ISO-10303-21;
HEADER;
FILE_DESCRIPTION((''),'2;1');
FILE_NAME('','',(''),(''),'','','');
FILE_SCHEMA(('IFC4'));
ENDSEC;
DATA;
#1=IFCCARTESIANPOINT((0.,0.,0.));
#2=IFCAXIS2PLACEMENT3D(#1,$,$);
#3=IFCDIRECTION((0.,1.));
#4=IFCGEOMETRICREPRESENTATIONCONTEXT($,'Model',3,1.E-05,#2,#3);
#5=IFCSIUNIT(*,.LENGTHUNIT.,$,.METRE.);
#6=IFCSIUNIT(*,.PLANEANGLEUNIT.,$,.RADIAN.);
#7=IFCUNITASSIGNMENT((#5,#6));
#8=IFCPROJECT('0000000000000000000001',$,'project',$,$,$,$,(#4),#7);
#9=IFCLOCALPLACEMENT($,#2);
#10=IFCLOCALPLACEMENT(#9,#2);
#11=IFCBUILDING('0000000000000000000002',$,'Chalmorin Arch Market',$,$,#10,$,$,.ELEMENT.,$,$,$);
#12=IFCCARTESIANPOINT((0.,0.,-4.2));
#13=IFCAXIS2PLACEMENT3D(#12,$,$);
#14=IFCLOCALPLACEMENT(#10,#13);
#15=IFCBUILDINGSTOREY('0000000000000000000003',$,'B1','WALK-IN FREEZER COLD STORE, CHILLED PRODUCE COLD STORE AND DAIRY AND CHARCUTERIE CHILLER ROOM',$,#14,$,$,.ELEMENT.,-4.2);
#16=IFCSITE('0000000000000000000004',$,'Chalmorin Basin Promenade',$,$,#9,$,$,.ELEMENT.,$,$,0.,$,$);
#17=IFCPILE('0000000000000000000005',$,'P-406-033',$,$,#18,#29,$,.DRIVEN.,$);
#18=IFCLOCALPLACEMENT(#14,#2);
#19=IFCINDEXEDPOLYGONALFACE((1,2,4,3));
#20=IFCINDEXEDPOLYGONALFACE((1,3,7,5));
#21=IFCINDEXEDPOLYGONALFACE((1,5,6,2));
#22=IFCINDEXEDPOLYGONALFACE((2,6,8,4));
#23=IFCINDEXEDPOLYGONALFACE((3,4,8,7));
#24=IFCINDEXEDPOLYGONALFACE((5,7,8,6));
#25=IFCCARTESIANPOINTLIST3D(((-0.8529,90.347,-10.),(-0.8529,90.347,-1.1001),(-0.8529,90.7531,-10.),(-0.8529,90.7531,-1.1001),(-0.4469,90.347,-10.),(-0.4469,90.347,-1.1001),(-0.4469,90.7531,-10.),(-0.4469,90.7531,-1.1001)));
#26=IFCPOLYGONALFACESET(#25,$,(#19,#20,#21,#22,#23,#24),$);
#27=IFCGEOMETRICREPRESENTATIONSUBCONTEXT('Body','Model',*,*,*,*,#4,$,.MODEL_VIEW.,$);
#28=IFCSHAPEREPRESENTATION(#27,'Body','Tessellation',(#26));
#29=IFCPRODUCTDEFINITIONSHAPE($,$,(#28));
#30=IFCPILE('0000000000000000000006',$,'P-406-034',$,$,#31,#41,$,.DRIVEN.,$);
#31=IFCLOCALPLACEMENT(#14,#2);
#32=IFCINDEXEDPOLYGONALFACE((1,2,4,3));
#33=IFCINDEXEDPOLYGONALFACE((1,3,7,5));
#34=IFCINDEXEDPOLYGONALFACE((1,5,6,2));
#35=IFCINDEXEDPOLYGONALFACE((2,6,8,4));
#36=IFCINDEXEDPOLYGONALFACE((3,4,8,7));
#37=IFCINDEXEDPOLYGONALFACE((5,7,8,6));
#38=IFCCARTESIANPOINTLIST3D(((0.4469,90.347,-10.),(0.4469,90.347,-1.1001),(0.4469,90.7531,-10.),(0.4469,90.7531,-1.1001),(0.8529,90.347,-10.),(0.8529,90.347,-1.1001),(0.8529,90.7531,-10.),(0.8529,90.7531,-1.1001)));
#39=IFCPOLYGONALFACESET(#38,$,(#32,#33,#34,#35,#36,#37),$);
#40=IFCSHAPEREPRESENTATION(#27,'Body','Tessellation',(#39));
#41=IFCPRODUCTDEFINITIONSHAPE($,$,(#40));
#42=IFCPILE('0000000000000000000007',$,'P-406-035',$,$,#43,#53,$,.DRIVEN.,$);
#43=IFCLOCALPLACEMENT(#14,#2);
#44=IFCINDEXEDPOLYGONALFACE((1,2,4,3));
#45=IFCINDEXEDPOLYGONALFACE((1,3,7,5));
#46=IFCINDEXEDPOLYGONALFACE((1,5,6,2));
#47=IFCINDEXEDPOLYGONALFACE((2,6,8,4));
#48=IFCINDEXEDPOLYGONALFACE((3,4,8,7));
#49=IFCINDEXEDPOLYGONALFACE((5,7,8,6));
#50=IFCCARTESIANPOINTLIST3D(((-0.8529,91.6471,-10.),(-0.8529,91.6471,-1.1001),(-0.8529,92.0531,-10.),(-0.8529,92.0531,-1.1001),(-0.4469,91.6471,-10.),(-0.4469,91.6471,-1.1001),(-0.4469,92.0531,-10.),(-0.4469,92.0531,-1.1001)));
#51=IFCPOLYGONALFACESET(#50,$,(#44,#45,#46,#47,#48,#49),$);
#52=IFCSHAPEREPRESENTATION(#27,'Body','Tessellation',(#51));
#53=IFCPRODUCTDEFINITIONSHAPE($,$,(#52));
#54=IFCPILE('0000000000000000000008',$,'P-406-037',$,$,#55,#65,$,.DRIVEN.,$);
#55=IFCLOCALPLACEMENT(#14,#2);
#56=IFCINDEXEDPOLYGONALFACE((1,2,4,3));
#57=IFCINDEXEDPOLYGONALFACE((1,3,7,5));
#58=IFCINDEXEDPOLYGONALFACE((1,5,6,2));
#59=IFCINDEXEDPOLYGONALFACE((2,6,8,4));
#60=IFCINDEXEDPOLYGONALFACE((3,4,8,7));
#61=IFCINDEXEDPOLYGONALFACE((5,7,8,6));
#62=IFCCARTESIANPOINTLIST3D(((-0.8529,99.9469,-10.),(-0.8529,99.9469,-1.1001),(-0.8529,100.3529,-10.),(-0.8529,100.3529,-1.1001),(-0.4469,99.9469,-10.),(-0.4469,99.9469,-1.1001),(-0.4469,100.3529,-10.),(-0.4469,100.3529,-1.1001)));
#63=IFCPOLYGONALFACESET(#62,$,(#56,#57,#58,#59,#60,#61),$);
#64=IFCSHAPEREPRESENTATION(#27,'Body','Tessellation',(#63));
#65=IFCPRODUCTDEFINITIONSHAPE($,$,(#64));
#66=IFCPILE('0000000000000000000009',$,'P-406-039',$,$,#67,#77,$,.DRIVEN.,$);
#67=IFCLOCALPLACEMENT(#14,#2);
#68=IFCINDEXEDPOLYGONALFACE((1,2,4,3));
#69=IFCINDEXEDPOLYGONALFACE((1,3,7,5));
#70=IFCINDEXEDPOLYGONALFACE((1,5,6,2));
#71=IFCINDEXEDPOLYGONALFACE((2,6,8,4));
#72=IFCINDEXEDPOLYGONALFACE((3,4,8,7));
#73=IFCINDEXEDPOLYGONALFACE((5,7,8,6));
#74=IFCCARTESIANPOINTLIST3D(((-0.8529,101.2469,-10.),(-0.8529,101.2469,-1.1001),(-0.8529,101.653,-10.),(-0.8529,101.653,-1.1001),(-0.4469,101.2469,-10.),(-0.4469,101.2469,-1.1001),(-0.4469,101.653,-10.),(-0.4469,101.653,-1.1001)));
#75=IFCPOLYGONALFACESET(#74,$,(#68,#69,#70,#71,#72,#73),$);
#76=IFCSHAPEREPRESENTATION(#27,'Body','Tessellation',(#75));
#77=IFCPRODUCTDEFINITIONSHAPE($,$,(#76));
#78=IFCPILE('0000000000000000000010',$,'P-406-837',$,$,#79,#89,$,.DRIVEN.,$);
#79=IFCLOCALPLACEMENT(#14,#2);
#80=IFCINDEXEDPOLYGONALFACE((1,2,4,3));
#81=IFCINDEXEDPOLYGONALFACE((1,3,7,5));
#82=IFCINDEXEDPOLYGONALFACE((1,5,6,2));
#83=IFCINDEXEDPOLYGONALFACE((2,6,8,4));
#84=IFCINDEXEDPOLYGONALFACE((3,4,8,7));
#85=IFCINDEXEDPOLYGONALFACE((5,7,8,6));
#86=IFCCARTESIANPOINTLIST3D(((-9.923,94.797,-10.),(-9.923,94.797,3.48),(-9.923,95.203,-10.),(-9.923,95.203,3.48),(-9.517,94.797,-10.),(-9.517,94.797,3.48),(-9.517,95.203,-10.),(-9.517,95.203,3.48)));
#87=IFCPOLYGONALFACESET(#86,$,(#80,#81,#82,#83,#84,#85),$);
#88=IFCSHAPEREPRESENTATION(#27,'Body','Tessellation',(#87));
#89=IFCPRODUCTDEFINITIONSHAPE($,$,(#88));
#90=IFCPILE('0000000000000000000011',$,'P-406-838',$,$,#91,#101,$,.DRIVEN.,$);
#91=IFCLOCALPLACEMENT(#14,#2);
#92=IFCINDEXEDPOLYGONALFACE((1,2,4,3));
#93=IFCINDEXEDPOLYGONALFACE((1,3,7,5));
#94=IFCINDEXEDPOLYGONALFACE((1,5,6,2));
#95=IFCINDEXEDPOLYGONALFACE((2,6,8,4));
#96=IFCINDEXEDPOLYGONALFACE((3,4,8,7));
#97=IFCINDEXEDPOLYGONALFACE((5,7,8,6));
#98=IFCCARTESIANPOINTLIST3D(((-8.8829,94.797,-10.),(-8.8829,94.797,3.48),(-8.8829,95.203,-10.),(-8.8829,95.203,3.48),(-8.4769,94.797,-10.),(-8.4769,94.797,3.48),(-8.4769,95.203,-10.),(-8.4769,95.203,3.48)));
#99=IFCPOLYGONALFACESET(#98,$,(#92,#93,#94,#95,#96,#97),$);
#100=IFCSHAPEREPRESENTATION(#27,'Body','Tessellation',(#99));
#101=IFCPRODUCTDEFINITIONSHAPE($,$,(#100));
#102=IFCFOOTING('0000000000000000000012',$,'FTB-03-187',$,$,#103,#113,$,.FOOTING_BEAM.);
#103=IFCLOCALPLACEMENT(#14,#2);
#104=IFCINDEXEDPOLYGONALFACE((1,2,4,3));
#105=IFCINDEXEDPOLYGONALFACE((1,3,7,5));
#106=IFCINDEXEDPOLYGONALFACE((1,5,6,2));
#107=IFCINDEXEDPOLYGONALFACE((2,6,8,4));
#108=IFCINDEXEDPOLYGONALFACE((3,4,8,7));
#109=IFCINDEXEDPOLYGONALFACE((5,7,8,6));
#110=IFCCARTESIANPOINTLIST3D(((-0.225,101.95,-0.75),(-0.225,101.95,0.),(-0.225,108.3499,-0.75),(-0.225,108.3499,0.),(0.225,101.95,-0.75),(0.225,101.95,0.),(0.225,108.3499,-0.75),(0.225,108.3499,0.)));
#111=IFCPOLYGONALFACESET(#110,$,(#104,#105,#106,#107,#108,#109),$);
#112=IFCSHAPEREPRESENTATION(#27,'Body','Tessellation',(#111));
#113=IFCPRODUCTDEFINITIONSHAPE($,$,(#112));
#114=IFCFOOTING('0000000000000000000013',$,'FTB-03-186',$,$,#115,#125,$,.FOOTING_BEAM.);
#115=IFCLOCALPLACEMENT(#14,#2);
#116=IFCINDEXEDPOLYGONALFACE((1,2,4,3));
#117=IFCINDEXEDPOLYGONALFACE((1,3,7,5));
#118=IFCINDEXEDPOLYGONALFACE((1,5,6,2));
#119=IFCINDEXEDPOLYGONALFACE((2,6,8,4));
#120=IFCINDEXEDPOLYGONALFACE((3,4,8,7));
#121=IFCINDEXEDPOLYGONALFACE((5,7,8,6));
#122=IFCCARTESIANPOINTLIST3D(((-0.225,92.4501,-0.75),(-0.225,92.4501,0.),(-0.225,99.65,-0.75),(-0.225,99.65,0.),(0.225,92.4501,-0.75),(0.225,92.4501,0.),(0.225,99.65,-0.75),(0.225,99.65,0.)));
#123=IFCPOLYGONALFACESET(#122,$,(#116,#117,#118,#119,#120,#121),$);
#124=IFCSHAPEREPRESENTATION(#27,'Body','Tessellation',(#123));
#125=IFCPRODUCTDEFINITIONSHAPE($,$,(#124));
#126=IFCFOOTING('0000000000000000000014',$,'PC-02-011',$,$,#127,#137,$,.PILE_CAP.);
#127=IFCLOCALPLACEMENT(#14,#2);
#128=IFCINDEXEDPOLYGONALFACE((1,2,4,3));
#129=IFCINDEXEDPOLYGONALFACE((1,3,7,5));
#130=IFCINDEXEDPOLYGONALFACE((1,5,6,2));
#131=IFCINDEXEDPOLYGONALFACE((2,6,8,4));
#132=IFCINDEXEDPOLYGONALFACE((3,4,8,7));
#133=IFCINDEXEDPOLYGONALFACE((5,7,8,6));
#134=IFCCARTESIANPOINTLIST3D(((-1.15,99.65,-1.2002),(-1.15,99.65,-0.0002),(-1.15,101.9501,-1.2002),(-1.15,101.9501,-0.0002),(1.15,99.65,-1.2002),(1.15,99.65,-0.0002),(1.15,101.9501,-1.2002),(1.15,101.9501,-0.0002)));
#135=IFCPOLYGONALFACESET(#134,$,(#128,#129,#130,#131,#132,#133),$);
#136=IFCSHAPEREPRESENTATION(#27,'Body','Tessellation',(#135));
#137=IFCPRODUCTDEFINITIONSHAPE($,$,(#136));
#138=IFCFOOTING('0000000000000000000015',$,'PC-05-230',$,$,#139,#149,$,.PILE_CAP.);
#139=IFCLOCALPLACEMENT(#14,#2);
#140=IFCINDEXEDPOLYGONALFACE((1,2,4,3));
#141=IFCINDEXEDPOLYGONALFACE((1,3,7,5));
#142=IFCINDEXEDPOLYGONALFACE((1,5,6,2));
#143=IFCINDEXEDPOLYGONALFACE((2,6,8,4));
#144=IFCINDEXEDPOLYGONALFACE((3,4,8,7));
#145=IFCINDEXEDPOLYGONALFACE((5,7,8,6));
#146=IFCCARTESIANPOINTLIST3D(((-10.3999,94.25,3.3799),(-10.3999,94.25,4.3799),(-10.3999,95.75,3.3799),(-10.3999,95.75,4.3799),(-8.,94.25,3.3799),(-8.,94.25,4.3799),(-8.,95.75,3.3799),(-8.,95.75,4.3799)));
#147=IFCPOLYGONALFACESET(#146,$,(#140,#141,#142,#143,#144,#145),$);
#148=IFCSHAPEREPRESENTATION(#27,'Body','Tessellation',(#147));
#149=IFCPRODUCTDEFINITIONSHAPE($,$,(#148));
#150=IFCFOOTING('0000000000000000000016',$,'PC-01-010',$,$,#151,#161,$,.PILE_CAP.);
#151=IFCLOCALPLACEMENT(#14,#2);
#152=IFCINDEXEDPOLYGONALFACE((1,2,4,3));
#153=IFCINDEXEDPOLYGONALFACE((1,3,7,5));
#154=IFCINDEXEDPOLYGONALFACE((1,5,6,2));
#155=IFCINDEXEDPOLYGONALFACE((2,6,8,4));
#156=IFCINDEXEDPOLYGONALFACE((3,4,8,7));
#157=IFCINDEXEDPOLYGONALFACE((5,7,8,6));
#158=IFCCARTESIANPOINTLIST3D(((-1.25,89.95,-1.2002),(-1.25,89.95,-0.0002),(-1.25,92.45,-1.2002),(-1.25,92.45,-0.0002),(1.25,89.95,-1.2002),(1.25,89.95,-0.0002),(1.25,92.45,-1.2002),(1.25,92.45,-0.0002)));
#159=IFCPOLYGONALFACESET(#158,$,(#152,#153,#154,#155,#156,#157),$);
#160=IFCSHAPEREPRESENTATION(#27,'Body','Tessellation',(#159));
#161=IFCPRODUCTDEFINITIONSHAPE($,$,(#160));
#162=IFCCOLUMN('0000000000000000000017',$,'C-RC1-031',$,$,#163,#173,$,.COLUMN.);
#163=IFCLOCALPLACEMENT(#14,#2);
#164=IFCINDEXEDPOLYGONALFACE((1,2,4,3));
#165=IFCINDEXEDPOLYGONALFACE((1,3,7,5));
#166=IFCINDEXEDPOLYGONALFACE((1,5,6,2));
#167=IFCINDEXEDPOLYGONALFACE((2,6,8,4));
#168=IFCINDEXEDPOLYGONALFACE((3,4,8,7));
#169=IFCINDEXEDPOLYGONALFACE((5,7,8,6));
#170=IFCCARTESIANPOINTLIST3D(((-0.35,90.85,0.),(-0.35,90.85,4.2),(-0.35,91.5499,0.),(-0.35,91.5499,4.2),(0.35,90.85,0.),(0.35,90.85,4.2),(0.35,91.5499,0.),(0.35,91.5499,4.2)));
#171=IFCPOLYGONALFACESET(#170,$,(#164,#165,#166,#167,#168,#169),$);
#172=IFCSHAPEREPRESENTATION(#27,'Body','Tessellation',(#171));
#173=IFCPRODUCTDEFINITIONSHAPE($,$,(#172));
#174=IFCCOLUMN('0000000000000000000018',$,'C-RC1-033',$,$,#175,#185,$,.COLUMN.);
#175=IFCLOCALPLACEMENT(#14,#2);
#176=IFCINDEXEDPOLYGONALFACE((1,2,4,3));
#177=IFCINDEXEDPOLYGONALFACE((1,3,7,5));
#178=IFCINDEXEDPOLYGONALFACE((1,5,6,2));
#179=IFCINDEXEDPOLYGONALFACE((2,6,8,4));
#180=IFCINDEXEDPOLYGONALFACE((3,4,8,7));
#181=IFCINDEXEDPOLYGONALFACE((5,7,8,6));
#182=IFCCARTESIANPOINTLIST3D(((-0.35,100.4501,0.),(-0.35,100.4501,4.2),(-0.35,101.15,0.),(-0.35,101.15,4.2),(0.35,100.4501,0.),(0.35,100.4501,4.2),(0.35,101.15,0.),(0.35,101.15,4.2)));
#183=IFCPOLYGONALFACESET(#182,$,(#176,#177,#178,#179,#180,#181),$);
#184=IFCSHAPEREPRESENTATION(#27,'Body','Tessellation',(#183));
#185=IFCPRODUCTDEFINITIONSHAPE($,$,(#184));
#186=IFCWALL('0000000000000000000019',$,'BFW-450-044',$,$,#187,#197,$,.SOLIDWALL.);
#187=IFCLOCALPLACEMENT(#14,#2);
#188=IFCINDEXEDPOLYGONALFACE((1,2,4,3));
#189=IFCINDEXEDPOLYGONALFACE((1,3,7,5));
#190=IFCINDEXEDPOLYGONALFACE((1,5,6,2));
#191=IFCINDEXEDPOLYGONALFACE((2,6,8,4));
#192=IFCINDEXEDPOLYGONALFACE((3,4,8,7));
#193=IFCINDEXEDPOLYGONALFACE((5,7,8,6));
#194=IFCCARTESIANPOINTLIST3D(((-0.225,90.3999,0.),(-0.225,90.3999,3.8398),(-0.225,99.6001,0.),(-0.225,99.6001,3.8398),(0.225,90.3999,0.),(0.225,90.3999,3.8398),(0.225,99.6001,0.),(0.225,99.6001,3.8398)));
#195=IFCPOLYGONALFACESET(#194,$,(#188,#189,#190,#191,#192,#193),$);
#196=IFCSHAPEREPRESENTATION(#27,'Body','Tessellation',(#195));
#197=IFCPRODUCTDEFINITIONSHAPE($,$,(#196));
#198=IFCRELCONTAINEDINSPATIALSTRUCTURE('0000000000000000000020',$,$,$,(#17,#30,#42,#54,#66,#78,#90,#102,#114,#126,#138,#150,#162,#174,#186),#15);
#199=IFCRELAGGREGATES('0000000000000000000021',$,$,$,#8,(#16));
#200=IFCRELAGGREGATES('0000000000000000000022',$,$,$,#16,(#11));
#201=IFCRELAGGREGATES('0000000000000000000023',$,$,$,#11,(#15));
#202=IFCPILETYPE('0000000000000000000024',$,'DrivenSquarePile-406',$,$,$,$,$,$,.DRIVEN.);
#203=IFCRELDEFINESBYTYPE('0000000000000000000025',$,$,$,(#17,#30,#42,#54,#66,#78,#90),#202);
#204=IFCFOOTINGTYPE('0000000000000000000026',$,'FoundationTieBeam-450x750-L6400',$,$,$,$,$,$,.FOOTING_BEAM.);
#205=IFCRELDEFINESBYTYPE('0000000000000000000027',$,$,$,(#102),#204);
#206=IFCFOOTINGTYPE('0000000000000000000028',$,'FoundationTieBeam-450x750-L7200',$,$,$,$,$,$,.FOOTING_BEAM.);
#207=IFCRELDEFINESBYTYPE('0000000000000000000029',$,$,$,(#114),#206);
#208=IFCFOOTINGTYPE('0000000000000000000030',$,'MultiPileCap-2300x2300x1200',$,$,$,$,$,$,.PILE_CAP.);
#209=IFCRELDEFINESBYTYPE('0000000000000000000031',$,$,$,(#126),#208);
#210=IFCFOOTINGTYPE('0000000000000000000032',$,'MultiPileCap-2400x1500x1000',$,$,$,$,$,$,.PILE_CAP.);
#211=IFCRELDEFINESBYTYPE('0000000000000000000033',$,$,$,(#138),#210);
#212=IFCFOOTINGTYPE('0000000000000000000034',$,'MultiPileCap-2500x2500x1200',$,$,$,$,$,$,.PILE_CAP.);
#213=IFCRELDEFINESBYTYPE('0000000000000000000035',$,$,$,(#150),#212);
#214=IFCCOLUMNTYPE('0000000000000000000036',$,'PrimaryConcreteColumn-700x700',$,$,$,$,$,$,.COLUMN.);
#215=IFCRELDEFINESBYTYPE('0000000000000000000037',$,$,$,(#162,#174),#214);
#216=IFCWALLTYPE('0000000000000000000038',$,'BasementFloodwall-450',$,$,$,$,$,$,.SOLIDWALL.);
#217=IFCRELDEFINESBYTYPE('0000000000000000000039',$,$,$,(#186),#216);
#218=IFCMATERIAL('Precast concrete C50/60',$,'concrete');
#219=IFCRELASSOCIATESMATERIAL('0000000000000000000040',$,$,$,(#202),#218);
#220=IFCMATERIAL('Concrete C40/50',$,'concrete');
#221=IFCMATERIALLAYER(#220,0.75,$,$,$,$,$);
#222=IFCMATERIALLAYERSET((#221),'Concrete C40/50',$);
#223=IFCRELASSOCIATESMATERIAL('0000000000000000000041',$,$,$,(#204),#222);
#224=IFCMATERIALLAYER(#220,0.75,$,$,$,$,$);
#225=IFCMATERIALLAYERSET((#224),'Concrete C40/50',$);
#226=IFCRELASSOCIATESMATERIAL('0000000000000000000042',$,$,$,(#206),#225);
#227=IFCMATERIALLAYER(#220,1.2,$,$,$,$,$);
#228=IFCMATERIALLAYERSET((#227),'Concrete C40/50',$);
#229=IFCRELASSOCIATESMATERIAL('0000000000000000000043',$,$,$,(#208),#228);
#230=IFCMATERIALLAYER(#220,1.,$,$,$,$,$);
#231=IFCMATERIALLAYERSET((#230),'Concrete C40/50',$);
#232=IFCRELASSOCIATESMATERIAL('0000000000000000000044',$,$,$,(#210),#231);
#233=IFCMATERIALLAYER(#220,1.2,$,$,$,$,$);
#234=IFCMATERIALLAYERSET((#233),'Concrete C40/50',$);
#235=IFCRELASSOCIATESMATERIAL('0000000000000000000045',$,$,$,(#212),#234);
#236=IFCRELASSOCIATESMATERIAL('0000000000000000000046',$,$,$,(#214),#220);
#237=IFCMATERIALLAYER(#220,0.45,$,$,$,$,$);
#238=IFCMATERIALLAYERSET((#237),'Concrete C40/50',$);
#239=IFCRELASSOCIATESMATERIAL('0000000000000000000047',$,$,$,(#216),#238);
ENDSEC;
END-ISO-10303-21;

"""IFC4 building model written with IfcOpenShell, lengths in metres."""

from ifc_helpers import new_model, si_unit, direction, frame, frame_2d, origin, origin_2d, place, context, subcontext, project, spatial, rectangle, extrude, material, layer, layer_set, material_profile, profile_set, type_object, element, save


model = new_model("IFC4")

# Units and contexts
model_context = context("Model", 3, precision=1e-05, world=origin(), true_north=direction((0.0, 1.0)))
body_context = subcontext(model_context, "Body", "Model", "MODEL_VIEW")
ifc_project = project(units=[si_unit("LENGTHUNIT", "METRE"), si_unit("PLANEANGLEUNIT", "RADIAN")], contexts=[model_context])

# Site, building, storey
site_placement = place(None, origin())
site = spatial("IfcSite", under=ifc_project, at=site_placement, Name="Chalmorin Basin Promenade", CompositionType="ELEMENT", RefElevation=0.0)
building_placement = place(site_placement, origin())
building = spatial("IfcBuilding", under=site, at=building_placement, Name="Chalmorin Arch Market", CompositionType="ELEMENT")
storey_placement = place(building_placement, frame((0.0, 0.0, -4.2)))
storey = spatial("IfcBuildingStorey", under=building, at=storey_placement, Name="B1", Description="WALK-IN FREEZER COLD STORE, CHILLED PRODUCE COLD STORE AND DAIRY AND CHARCUTERIE CHILLER ROOM", CompositionType="ELEMENT", Elevation=-4.2)

# Piles
ifc_material_1 = material(Name="Precast concrete C50/60", Category="concrete")
ifc_material_profile_1 = material_profile(ifc_material_1, rectangle(XDim=0.406, YDim=0.406, at=origin_2d()), Name="PPC406")
ifc_profile_set_1 = profile_set([ifc_material_profile_1], Name="Precast concrete C50/60")
pile_type = type_object("IfcPileType", Name="DrivenSquarePile-406", PredefinedType="DRIVEN", material=ifc_profile_set_1)
for number, where, z_axis, x_axis, name in (
    (1, (-0.6499, 90.55, -1.1001), (0.0, 0.0, -1.0), (1.0, 0.0, 0.0), "P-406-033"),
    (2, (0.6499, 90.55, -1.1001), (0.0, 0.0, -1.0), (1.0, 0.0, 0.0), "P-406-034"),
    (3, (-0.6499, 91.8501, -1.1001), (0.0, 0.0, -1.0), (1.0, 0.0, 0.0), "P-406-035"),
    (4, (-0.6499, 100.1499, -1.1001), (0.0, 0.0, -1.0), (1.0, 0.0, 0.0), "P-406-037"),
    (5, (-0.6499, 101.45, -1.1001), (0.0, 0.0, -1.0), (1.0, 0.0, 0.0), "P-406-039"),
):
    element("IfcPile", number, at=place(storey_placement, frame(where, z_axis=z_axis, x_axis=x_axis)), inside=storey, type_object=pile_type, Name=name, PredefinedType="DRIVEN", context=body_context, shape_type="SweptSolid", body=[
        extrude(rectangle(XDim=0.406, YDim=0.406, at=origin_2d()), origin(), (0.0, 0.0, 1.0), 8.8999),
    ])
for number, where, z_axis, x_axis, name in (
    (6, (-9.72, 95.0, 3.48), (0.0, 0.0, -1.0), (1.0, 0.0, 0.0), "P-406-837"),
    (7, (-8.6799, 95.0, 3.48), (0.0, 0.0, -1.0), (1.0, 0.0, 0.0), "P-406-838"),
):
    element("IfcPile", number, at=place(storey_placement, frame(where, z_axis=z_axis, x_axis=x_axis)), inside=storey, type_object=pile_type, Name=name, PredefinedType="DRIVEN", context=body_context, shape_type="SweptSolid", body=[
        extrude(rectangle(XDim=0.406, YDim=0.406, at=origin_2d()), origin(), (0.0, 0.0, 1.0), 13.48),
    ])

# Footings
ifc_material_2 = material(Name="Concrete C40/50", Category="concrete")
ifc_layer_1 = layer(ifc_material_2, 0.75)
ifc_layer_set_1 = layer_set([ifc_layer_1], Name="Concrete C40/50")
footing_type_1 = type_object("IfcFootingType", Name="FoundationTieBeam-450x750-L6400", PredefinedType="FOOTING_BEAM", material=ifc_layer_set_1)
footing_1_placement = place(storey_placement, frame((0.0, 105.1499, -0.75), z_axis=(0.0, 0.0, 1.0), x_axis=(0.0, 1.0, 0.0)))
element("IfcFooting", 8, at=footing_1_placement, inside=storey, type_object=footing_type_1, Name="FTB-03-187", PredefinedType="FOOTING_BEAM", context=body_context, shape_type="SweptSolid", body=[
    extrude(rectangle(XDim=6.3999, YDim=0.45, at=origin_2d()), origin(), (0.0, 0.0, 1.0), 0.75),
])
ifc_layer_2 = layer(ifc_material_2, 0.75)
ifc_layer_set_2 = layer_set([ifc_layer_2], Name="Concrete C40/50")
footing_type_2 = type_object("IfcFootingType", Name="FoundationTieBeam-450x750-L7200", PredefinedType="FOOTING_BEAM", material=ifc_layer_set_2)
footing_2_placement = place(storey_placement, frame((0.0, 96.05, -0.75), z_axis=(0.0, 0.0, 1.0), x_axis=(0.0, 1.0, 0.0)))
element("IfcFooting", 9, at=footing_2_placement, inside=storey, type_object=footing_type_2, Name="FTB-03-186", PredefinedType="FOOTING_BEAM", context=body_context, shape_type="SweptSolid", body=[
    extrude(rectangle(XDim=7.2, YDim=0.45, at=origin_2d()), origin(), (0.0, 0.0, 1.0), 0.75),
])
ifc_layer_3 = layer(ifc_material_2, 1.2)
ifc_layer_set_3 = layer_set([ifc_layer_3], Name="Concrete C40/50")
footing_type_3 = type_object("IfcFootingType", Name="MultiPileCap-2300x2300x1200", PredefinedType="PILE_CAP", material=ifc_layer_set_3)
footing_3_placement = place(storey_placement, frame((0.0, 100.8, -1.2002), z_axis=(0.0, 0.0, 1.0), x_axis=(1.0, 0.0, 0.0)))
element("IfcFooting", 10, at=footing_3_placement, inside=storey, type_object=footing_type_3, Name="PC-02-011", PredefinedType="PILE_CAP", context=body_context, shape_type="SweptSolid", body=[
    extrude(rectangle(XDim=2.3, YDim=2.3, at=origin_2d()), origin(), (0.0, 0.0, 1.0), 1.2),
])
ifc_layer_4 = layer(ifc_material_2, 1.0)
ifc_layer_set_4 = layer_set([ifc_layer_4], Name="Concrete C40/50")
footing_type_4 = type_object("IfcFootingType", Name="MultiPileCap-2400x1500x1000", PredefinedType="PILE_CAP", material=ifc_layer_set_4)
footing_4_placement = place(storey_placement, frame((-9.2, 95.0, 3.3799), z_axis=(0.0, 0.0, 1.0), x_axis=(1.0, 0.0, 0.0)))
element("IfcFooting", 11, at=footing_4_placement, inside=storey, type_object=footing_type_4, Name="PC-05-230", PredefinedType="PILE_CAP", context=body_context, shape_type="SweptSolid", body=[
    extrude(rectangle(XDim=2.3999, YDim=1.5, at=origin_2d()), origin(), (0.0, 0.0, 1.0), 1.0),
])
ifc_layer_5 = layer(ifc_material_2, 1.2)
ifc_layer_set_5 = layer_set([ifc_layer_5], Name="Concrete C40/50")
footing_type_5 = type_object("IfcFootingType", Name="MultiPileCap-2500x2500x1200", PredefinedType="PILE_CAP", material=ifc_layer_set_5)
footing_5_placement = place(storey_placement, frame((0.0, 91.2, -1.2002), z_axis=(0.0, 0.0, 1.0), x_axis=(1.0, 0.0, 0.0)))
element("IfcFooting", 12, at=footing_5_placement, inside=storey, type_object=footing_type_5, Name="PC-01-010", PredefinedType="PILE_CAP", context=body_context, shape_type="SweptSolid", body=[
    extrude(rectangle(XDim=2.5, YDim=2.5, at=origin_2d()), origin(), (0.0, 0.0, 1.0), 1.2),
])

# Columns
ifc_material_profile_2 = material_profile(ifc_material_2, rectangle(XDim=0.7, YDim=0.7, at=origin_2d()), Name="RC700X700")
ifc_profile_set_2 = profile_set([ifc_material_profile_2], Name="Concrete C40/50")
column_type = type_object("IfcColumnType", Name="PrimaryConcreteColumn-700x700", PredefinedType="COLUMN", material=ifc_profile_set_2)
for number, where, z_axis, x_axis, name in (
    (13, (0.0, 91.2, 0.0), (0.0, 0.0, 1.0), (1.0, 0.0, 0.0), "C-RC1-031"),
    (14, (0.0, 100.8, 0.0), (0.0, 0.0, 1.0), (1.0, 0.0, 0.0), "C-RC1-033"),
):
    element("IfcColumn", number, at=place(storey_placement, frame(where, z_axis=z_axis, x_axis=x_axis)), inside=storey, type_object=column_type, Name=name, PredefinedType="COLUMN", context=body_context, shape_type="SweptSolid", body=[
        extrude(rectangle(XDim=0.7, YDim=0.7, at=origin_2d()), origin(), (0.0, 0.0, 1.0), 4.2),
    ])

# Wall
ifc_layer_6 = layer(ifc_material_2, 0.45)
ifc_layer_set_6 = layer_set([ifc_layer_6], Name="Concrete C40/50")
wall_type_1 = type_object("IfcWallType", Name="BasementFloodwall-450", PredefinedType="SOLIDWALL", material=ifc_layer_set_6)
wall_1_placement = place(storey_placement, frame((0.0, 99.6001, 0.0), z_axis=(0.0, 0.0, 1.0), x_axis=(0.0, -1.0, 0.0)))
element("IfcWall", 15, at=wall_1_placement, inside=storey, type_object=wall_type_1, Name="BFW-450-044", PredefinedType="SOLIDWALL", context=body_context, shape_type="SweptSolid", body=[
    extrude(rectangle(XDim=9.2002, YDim=0.45, at=frame_2d((4.6001, 0.0))), origin(), (0.0, 0.0, 1.0), 3.8398),
])

save(model, "model.ifc")
